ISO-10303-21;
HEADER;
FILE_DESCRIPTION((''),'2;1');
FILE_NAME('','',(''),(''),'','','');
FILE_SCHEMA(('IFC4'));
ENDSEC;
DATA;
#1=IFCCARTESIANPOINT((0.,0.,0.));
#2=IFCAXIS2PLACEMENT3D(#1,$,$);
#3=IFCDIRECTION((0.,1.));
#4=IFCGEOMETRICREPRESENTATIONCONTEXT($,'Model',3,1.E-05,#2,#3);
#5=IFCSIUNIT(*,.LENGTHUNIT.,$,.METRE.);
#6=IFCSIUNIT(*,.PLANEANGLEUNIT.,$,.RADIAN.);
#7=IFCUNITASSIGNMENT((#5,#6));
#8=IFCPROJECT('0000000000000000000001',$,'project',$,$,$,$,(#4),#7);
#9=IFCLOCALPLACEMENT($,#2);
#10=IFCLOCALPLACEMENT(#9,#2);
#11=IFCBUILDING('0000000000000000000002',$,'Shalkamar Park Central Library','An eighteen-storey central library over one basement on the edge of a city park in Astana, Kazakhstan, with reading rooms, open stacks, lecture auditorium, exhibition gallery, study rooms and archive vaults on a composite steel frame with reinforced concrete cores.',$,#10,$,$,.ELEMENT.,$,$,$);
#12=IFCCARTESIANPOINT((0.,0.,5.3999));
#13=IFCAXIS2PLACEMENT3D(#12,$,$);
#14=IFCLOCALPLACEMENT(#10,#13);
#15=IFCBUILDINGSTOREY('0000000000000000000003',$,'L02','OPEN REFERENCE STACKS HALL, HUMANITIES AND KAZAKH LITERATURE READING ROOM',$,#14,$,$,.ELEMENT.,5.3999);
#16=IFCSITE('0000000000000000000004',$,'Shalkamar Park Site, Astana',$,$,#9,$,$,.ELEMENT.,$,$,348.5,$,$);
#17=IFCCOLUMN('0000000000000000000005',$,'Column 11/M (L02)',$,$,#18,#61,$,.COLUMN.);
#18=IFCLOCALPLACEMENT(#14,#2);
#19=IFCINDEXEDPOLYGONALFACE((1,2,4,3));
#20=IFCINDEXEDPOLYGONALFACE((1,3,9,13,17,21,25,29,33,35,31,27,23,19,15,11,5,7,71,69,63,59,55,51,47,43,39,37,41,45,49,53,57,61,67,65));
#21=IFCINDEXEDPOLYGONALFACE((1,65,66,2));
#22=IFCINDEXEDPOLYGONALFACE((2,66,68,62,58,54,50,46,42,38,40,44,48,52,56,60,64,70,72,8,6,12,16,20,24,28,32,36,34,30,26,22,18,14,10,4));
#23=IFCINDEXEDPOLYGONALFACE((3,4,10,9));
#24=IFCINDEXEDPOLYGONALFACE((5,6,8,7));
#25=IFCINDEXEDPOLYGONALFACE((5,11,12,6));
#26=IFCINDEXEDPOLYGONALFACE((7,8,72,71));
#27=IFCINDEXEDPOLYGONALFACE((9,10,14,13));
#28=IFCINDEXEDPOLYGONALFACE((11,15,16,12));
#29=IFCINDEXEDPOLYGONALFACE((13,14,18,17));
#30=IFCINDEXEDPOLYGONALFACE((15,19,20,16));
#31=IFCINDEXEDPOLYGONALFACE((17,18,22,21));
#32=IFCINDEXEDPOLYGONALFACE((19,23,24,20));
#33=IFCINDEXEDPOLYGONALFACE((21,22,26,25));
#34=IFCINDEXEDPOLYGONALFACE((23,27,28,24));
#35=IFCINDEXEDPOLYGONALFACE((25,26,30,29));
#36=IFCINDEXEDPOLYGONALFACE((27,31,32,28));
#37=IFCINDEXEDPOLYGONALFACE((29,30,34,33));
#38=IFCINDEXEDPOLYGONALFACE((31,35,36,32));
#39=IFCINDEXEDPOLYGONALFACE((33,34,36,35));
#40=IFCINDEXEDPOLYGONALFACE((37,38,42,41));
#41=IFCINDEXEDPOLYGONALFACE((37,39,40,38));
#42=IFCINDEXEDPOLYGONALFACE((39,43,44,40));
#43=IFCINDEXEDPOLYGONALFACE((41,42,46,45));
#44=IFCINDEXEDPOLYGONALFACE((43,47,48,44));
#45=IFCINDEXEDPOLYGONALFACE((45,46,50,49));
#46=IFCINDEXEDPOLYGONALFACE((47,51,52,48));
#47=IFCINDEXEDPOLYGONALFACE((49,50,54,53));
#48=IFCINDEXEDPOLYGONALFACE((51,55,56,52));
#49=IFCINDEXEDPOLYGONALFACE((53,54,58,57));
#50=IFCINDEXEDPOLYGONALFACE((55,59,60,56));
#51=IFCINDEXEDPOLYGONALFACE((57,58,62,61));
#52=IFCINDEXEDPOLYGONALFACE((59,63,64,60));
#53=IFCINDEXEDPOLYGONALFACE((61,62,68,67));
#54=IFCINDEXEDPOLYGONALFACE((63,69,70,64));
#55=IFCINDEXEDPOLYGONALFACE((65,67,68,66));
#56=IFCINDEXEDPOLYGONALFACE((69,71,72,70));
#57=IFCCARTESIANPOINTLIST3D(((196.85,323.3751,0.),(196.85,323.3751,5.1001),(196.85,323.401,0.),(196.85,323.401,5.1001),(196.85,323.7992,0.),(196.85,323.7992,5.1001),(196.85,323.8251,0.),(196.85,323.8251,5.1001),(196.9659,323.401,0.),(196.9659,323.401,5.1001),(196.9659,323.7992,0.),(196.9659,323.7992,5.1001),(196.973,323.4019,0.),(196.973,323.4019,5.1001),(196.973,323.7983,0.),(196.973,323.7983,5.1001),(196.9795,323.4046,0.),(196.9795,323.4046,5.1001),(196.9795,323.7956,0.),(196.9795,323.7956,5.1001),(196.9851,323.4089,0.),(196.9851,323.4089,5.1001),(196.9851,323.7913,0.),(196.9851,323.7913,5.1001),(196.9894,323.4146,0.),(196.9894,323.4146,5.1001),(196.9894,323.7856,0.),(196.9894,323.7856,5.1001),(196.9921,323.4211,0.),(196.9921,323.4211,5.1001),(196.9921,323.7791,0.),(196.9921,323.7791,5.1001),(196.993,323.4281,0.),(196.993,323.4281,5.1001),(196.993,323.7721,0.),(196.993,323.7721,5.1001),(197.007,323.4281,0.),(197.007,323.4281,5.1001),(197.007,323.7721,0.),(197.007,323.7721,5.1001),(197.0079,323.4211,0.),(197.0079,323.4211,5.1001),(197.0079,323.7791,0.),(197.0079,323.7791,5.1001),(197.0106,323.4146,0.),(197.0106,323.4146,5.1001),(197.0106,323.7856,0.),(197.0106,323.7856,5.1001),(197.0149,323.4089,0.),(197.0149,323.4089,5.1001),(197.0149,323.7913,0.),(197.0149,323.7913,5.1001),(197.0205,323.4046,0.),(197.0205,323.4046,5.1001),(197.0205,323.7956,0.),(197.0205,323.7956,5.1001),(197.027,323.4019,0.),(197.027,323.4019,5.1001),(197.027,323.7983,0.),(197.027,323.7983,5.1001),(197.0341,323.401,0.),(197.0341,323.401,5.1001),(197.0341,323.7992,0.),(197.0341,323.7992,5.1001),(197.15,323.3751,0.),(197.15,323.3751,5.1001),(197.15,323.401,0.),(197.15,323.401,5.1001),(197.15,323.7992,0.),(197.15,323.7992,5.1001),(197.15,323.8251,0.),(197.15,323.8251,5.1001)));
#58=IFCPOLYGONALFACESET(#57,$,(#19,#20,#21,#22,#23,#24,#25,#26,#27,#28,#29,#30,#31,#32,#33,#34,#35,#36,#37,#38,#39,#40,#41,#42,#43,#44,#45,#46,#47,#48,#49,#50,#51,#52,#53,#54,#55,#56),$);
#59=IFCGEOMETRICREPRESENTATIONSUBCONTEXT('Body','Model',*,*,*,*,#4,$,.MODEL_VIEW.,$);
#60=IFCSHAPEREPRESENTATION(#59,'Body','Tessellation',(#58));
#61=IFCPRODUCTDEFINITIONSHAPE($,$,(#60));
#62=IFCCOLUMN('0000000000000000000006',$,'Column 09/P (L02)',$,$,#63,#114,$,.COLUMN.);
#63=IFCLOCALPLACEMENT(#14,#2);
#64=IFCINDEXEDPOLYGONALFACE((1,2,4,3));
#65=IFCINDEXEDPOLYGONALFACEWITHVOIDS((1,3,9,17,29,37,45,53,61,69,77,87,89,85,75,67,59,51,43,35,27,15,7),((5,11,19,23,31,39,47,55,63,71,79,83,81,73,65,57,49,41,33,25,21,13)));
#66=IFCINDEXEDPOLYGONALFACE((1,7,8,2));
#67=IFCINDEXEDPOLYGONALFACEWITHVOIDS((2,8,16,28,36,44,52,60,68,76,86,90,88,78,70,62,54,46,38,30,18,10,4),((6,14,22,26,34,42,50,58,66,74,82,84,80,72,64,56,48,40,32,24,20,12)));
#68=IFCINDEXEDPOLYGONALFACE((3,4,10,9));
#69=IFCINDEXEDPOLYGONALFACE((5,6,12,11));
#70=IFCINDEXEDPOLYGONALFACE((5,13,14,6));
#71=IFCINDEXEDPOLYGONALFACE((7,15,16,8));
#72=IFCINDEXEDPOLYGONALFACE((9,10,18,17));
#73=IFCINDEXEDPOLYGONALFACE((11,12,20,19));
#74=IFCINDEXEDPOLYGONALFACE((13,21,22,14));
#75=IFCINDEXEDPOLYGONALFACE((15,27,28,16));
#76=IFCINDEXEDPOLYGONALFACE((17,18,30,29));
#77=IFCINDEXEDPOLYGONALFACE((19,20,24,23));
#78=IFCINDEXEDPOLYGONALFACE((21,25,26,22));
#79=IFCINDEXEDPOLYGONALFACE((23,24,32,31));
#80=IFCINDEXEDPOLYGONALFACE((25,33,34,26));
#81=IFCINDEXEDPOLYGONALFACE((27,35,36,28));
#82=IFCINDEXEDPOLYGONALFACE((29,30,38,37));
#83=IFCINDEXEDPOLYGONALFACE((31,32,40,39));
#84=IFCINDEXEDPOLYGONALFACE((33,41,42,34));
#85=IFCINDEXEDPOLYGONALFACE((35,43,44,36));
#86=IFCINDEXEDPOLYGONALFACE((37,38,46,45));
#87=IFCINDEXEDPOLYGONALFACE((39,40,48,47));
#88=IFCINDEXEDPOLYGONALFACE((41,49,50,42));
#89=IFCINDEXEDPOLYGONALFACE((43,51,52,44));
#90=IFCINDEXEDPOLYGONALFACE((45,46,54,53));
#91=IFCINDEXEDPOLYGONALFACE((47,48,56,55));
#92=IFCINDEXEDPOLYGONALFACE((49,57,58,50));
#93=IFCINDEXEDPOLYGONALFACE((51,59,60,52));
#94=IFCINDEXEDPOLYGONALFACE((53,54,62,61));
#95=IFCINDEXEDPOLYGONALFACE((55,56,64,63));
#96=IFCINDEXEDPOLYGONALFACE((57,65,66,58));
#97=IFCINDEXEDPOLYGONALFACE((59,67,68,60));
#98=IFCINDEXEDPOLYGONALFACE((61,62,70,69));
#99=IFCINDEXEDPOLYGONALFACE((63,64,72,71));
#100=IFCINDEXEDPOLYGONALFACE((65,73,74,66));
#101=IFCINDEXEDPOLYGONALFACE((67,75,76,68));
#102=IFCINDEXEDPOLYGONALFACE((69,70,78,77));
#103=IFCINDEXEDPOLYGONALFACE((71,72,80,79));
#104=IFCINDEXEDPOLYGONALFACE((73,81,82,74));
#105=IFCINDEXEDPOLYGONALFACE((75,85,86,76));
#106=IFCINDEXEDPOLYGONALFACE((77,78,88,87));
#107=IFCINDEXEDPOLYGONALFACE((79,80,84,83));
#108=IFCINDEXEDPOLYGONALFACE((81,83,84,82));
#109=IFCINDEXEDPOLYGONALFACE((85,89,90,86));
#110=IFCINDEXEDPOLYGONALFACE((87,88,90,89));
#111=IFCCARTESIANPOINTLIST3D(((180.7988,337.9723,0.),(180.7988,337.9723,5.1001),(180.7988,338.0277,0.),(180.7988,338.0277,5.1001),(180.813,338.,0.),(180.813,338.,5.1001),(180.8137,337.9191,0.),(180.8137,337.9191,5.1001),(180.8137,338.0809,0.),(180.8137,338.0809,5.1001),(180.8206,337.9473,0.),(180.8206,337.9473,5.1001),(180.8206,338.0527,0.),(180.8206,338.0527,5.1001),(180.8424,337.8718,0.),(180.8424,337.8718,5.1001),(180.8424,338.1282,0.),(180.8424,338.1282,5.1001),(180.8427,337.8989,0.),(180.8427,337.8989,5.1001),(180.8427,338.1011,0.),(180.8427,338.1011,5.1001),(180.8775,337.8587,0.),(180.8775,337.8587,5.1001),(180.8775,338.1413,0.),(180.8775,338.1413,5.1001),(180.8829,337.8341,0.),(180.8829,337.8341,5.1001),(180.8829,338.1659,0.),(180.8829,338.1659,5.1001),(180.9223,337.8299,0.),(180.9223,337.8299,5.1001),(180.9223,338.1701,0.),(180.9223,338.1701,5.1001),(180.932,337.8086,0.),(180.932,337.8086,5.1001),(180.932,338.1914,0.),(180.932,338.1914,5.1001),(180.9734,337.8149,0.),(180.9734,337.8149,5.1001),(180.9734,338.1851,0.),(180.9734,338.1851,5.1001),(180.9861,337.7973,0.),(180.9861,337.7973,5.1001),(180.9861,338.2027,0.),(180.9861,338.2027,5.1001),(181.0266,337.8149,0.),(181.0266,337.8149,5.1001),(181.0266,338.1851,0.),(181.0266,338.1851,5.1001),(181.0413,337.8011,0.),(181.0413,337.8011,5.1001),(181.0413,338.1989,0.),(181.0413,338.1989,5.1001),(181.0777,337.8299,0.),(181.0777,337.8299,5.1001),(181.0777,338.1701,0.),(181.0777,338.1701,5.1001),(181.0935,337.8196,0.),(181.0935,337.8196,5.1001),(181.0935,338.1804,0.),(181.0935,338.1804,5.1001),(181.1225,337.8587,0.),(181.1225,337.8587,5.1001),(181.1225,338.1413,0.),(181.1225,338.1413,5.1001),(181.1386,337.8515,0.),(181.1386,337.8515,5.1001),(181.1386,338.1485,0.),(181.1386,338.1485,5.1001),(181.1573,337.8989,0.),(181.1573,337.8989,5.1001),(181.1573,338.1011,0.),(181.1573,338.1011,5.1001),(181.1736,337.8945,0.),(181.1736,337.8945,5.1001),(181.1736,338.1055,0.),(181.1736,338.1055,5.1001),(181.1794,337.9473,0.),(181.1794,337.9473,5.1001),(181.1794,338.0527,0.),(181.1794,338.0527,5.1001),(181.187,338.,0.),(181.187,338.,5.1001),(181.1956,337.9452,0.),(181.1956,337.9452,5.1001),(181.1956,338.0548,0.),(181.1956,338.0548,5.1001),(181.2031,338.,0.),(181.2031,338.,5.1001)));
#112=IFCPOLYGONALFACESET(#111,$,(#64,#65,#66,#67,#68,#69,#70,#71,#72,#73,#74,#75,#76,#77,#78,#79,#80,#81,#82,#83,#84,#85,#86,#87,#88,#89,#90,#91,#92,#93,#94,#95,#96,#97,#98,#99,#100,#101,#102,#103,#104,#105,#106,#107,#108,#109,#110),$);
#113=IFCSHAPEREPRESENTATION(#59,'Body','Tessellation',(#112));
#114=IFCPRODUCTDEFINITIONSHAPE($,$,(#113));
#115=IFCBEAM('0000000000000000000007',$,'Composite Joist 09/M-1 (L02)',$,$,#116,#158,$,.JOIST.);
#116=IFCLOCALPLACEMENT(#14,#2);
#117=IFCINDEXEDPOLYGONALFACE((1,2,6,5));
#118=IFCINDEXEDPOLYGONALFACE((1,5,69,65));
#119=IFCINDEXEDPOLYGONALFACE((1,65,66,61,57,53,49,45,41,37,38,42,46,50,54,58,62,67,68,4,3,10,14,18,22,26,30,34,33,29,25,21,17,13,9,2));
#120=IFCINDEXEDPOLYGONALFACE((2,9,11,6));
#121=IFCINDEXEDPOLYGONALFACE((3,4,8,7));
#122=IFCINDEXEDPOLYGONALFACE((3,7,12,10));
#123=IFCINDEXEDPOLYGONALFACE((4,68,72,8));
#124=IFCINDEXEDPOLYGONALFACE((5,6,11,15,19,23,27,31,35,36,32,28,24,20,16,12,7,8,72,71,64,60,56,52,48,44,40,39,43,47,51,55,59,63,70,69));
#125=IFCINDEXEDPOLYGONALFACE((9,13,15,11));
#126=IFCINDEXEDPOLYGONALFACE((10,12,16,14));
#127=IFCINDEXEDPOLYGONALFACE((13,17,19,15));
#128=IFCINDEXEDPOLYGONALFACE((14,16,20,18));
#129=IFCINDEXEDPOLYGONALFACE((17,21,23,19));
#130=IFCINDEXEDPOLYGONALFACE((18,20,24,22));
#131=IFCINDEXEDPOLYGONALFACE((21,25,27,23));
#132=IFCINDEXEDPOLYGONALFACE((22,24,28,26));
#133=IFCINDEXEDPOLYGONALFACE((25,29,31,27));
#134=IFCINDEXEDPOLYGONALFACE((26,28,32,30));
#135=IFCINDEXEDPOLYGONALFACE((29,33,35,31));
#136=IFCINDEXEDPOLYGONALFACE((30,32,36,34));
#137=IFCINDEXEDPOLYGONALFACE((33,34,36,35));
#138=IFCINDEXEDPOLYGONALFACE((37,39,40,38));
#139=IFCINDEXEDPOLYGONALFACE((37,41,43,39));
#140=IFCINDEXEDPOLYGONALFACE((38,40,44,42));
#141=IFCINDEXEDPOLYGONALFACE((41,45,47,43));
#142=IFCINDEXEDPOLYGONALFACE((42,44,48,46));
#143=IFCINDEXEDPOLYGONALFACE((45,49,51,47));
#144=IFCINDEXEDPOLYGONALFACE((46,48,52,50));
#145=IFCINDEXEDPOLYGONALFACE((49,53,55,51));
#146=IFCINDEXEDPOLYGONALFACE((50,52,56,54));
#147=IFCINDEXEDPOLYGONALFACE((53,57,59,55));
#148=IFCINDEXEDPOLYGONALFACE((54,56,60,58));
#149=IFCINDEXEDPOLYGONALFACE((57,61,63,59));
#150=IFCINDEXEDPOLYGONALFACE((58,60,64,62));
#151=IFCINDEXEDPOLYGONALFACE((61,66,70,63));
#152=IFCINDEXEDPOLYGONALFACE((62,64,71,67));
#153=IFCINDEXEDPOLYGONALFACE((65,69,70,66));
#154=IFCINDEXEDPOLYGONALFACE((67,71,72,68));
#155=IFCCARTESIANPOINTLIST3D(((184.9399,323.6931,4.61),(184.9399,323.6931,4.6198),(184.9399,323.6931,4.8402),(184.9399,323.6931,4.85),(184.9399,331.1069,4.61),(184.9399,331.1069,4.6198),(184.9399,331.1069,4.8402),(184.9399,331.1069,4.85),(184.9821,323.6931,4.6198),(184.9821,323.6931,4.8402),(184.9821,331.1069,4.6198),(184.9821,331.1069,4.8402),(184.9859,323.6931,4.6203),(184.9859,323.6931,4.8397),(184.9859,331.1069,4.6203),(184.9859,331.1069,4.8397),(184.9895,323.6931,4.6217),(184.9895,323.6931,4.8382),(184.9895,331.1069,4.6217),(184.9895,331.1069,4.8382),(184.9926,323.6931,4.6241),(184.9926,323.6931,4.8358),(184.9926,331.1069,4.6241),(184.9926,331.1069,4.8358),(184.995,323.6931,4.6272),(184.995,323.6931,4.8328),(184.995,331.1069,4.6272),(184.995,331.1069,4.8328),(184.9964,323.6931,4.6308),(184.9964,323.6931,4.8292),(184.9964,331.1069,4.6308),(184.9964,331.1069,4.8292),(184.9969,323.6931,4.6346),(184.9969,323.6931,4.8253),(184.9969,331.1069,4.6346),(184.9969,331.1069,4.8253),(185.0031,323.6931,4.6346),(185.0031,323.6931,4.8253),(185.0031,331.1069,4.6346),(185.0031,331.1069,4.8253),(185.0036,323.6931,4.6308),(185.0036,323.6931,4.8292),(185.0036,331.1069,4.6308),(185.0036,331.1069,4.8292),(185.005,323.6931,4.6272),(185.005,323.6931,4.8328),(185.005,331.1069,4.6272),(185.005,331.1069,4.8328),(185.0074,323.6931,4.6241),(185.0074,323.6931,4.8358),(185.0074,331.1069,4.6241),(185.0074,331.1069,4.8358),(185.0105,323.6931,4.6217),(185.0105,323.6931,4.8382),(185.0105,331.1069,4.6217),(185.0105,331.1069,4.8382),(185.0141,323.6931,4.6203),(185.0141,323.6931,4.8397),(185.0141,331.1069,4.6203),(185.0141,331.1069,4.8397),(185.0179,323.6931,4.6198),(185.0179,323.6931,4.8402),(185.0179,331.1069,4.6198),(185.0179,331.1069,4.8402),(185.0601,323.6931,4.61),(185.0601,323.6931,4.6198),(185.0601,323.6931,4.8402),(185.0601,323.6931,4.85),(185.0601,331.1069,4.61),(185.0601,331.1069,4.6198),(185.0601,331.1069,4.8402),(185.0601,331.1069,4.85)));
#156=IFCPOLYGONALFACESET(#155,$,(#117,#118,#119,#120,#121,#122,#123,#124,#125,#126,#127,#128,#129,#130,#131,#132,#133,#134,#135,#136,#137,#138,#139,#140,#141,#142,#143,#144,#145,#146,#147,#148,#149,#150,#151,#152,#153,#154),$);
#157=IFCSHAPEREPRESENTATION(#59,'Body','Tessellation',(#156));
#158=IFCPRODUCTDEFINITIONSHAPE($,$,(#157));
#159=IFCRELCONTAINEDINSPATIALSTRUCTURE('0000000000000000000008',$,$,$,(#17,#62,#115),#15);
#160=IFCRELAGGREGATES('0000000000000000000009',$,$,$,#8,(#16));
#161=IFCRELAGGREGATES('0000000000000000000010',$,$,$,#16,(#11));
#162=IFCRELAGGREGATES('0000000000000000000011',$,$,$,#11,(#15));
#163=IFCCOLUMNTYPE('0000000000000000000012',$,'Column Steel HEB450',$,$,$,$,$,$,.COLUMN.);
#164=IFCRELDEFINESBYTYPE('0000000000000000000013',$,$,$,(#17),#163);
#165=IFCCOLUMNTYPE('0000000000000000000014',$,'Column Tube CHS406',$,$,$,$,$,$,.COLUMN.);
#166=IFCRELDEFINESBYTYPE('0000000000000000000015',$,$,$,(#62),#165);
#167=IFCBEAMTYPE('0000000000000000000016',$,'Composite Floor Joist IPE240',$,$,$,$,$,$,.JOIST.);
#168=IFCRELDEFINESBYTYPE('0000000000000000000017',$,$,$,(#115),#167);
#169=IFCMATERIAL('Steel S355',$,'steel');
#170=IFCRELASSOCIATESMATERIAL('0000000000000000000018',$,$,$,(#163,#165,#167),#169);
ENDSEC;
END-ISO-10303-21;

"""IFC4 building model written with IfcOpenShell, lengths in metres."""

from ifc_helpers import new_model, si_unit, direction, frame, origin, origin_2d, place, context, subcontext, project, spatial, hollow_circle, i_section, extrude, material, material_profile, profile_set, type_object, element, save


model = new_model("IFC4")

# Units and contexts
model_context = context("Model", 3, precision=1e-05, world=origin(), true_north=direction((0.0, 1.0)))
body_context = subcontext(model_context, "Body", "Model", "MODEL_VIEW")
ifc_project = project(units=[si_unit("LENGTHUNIT", "METRE"), si_unit("PLANEANGLEUNIT", "RADIAN")], contexts=[model_context])

# Site, building, storey
site_placement = place(None, origin())
site = spatial("IfcSite", under=ifc_project, at=site_placement, Name="Shalkamar Park Site, Astana", CompositionType="ELEMENT", RefElevation=348.5)
building_placement = place(site_placement, origin())
building = spatial("IfcBuilding", under=site, at=building_placement, Name="Shalkamar Park Central Library", Description="An eighteen-storey central library over one basement on the edge of a city park in Astana, Kazakhstan, with reading rooms, open stacks, lecture auditorium, exhibition gallery, study rooms and archive vaults on a composite steel frame with reinforced concrete cores.", CompositionType="ELEMENT")
storey_placement = place(building_placement, frame((0.0, 0.0, 5.3999)))
storey = spatial("IfcBuildingStorey", under=building, at=storey_placement, Name="L02", Description="OPEN REFERENCE STACKS HALL, HUMANITIES AND KAZAKH LITERATURE READING ROOM", CompositionType="ELEMENT", Elevation=5.3999)

# Columns
ifc_material_1 = material(Name="Steel S355", Category="steel")
ifc_material_profile_1 = material_profile(ifc_material_1, i_section(OverallWidth=0.3, OverallDepth=0.45, WebThickness=0.0139, FlangeThickness=0.0259, FilletRadius=0.0271, at=origin_2d()), Name="HEB 450")
ifc_profile_set_1 = profile_set([ifc_material_profile_1], Name="Steel S355")
column_type_1 = type_object("IfcColumnType", Name="Column Steel HEB450", PredefinedType="COLUMN", material=ifc_profile_set_1)
for number, where, z_axis, x_axis, name in (
    (1, (197.0, 323.6001, 0.0), (0.0, 0.0, 1.0), (1.0, 0.0, 0.0), "Column 11/M (L02)"),
):
    element("IfcColumn", number, at=place(storey_placement, frame(where, z_axis=z_axis, x_axis=x_axis)), inside=storey, type_object=column_type_1, Name=name, PredefinedType="COLUMN", context=body_context, shape_type="SweptSolid", body=[
        extrude(i_section(OverallWidth=0.3, OverallDepth=0.45, WebThickness=0.0139, FlangeThickness=0.0259, FilletRadius=0.0271, at=origin_2d()), origin(), (0.0, 0.0, 1.0), 5.1001),
    ])
ifc_material_profile_2 = material_profile(ifc_material_1, hollow_circle(Radius=0.2031, WallThickness=0.0161, at=origin_2d()), Name="CHS 406.4x16")
ifc_profile_set_2 = profile_set([ifc_material_profile_2], Name="Steel S355")
column_type_2 = type_object("IfcColumnType", Name="Column Tube CHS406", PredefinedType="COLUMN", material=ifc_profile_set_2)
column_placement = place(storey_placement, frame((181.0, 338.0, 0.0), z_axis=(0.0, 0.0, 1.0), x_axis=(1.0, 0.0, 0.0)))
element("IfcColumn", 2, at=column_placement, inside=storey, type_object=column_type_2, Name="Column 09/P (L02)", PredefinedType="COLUMN", context=body_context, shape_type="SweptSolid", body=[
    extrude(hollow_circle(Radius=0.2031, WallThickness=0.0161, at=origin_2d()), origin(), (0.0, 0.0, 1.0), 5.1001),
])

# Beam
ifc_material_profile_3 = material_profile(ifc_material_1, i_section(OverallWidth=0.1201, OverallDepth=0.24, WebThickness=0.0061, FlangeThickness=0.0098, FilletRadius=0.0149, at=origin_2d()), Name="IPE 240")
ifc_profile_set_3 = profile_set([ifc_material_profile_3], Name="Steel S355")
beam_type_1 = type_object("IfcBeamType", Name="Composite Floor Joist IPE240", PredefinedType="JOIST", material=ifc_profile_set_3)
beam_1_placement = place(storey_placement, frame((185.0, 323.6931, 4.73), z_axis=(0.0, 1.0, 0.0), x_axis=(-1.0, 0.0, 0.0)))
element("IfcBeam", 3, at=beam_1_placement, inside=storey, type_object=beam_type_1, Name="Composite Joist 09/M-1 (L02)", PredefinedType="JOIST", context=body_context, shape_type="SweptSolid", body=[
    extrude(i_section(OverallWidth=0.1201, OverallDepth=0.24, WebThickness=0.0061, FlangeThickness=0.0098, FilletRadius=0.0149, at=origin_2d()), origin(), (0.0, 0.0, 1.0), 7.4138),
])

save(model, "model.ifc")
